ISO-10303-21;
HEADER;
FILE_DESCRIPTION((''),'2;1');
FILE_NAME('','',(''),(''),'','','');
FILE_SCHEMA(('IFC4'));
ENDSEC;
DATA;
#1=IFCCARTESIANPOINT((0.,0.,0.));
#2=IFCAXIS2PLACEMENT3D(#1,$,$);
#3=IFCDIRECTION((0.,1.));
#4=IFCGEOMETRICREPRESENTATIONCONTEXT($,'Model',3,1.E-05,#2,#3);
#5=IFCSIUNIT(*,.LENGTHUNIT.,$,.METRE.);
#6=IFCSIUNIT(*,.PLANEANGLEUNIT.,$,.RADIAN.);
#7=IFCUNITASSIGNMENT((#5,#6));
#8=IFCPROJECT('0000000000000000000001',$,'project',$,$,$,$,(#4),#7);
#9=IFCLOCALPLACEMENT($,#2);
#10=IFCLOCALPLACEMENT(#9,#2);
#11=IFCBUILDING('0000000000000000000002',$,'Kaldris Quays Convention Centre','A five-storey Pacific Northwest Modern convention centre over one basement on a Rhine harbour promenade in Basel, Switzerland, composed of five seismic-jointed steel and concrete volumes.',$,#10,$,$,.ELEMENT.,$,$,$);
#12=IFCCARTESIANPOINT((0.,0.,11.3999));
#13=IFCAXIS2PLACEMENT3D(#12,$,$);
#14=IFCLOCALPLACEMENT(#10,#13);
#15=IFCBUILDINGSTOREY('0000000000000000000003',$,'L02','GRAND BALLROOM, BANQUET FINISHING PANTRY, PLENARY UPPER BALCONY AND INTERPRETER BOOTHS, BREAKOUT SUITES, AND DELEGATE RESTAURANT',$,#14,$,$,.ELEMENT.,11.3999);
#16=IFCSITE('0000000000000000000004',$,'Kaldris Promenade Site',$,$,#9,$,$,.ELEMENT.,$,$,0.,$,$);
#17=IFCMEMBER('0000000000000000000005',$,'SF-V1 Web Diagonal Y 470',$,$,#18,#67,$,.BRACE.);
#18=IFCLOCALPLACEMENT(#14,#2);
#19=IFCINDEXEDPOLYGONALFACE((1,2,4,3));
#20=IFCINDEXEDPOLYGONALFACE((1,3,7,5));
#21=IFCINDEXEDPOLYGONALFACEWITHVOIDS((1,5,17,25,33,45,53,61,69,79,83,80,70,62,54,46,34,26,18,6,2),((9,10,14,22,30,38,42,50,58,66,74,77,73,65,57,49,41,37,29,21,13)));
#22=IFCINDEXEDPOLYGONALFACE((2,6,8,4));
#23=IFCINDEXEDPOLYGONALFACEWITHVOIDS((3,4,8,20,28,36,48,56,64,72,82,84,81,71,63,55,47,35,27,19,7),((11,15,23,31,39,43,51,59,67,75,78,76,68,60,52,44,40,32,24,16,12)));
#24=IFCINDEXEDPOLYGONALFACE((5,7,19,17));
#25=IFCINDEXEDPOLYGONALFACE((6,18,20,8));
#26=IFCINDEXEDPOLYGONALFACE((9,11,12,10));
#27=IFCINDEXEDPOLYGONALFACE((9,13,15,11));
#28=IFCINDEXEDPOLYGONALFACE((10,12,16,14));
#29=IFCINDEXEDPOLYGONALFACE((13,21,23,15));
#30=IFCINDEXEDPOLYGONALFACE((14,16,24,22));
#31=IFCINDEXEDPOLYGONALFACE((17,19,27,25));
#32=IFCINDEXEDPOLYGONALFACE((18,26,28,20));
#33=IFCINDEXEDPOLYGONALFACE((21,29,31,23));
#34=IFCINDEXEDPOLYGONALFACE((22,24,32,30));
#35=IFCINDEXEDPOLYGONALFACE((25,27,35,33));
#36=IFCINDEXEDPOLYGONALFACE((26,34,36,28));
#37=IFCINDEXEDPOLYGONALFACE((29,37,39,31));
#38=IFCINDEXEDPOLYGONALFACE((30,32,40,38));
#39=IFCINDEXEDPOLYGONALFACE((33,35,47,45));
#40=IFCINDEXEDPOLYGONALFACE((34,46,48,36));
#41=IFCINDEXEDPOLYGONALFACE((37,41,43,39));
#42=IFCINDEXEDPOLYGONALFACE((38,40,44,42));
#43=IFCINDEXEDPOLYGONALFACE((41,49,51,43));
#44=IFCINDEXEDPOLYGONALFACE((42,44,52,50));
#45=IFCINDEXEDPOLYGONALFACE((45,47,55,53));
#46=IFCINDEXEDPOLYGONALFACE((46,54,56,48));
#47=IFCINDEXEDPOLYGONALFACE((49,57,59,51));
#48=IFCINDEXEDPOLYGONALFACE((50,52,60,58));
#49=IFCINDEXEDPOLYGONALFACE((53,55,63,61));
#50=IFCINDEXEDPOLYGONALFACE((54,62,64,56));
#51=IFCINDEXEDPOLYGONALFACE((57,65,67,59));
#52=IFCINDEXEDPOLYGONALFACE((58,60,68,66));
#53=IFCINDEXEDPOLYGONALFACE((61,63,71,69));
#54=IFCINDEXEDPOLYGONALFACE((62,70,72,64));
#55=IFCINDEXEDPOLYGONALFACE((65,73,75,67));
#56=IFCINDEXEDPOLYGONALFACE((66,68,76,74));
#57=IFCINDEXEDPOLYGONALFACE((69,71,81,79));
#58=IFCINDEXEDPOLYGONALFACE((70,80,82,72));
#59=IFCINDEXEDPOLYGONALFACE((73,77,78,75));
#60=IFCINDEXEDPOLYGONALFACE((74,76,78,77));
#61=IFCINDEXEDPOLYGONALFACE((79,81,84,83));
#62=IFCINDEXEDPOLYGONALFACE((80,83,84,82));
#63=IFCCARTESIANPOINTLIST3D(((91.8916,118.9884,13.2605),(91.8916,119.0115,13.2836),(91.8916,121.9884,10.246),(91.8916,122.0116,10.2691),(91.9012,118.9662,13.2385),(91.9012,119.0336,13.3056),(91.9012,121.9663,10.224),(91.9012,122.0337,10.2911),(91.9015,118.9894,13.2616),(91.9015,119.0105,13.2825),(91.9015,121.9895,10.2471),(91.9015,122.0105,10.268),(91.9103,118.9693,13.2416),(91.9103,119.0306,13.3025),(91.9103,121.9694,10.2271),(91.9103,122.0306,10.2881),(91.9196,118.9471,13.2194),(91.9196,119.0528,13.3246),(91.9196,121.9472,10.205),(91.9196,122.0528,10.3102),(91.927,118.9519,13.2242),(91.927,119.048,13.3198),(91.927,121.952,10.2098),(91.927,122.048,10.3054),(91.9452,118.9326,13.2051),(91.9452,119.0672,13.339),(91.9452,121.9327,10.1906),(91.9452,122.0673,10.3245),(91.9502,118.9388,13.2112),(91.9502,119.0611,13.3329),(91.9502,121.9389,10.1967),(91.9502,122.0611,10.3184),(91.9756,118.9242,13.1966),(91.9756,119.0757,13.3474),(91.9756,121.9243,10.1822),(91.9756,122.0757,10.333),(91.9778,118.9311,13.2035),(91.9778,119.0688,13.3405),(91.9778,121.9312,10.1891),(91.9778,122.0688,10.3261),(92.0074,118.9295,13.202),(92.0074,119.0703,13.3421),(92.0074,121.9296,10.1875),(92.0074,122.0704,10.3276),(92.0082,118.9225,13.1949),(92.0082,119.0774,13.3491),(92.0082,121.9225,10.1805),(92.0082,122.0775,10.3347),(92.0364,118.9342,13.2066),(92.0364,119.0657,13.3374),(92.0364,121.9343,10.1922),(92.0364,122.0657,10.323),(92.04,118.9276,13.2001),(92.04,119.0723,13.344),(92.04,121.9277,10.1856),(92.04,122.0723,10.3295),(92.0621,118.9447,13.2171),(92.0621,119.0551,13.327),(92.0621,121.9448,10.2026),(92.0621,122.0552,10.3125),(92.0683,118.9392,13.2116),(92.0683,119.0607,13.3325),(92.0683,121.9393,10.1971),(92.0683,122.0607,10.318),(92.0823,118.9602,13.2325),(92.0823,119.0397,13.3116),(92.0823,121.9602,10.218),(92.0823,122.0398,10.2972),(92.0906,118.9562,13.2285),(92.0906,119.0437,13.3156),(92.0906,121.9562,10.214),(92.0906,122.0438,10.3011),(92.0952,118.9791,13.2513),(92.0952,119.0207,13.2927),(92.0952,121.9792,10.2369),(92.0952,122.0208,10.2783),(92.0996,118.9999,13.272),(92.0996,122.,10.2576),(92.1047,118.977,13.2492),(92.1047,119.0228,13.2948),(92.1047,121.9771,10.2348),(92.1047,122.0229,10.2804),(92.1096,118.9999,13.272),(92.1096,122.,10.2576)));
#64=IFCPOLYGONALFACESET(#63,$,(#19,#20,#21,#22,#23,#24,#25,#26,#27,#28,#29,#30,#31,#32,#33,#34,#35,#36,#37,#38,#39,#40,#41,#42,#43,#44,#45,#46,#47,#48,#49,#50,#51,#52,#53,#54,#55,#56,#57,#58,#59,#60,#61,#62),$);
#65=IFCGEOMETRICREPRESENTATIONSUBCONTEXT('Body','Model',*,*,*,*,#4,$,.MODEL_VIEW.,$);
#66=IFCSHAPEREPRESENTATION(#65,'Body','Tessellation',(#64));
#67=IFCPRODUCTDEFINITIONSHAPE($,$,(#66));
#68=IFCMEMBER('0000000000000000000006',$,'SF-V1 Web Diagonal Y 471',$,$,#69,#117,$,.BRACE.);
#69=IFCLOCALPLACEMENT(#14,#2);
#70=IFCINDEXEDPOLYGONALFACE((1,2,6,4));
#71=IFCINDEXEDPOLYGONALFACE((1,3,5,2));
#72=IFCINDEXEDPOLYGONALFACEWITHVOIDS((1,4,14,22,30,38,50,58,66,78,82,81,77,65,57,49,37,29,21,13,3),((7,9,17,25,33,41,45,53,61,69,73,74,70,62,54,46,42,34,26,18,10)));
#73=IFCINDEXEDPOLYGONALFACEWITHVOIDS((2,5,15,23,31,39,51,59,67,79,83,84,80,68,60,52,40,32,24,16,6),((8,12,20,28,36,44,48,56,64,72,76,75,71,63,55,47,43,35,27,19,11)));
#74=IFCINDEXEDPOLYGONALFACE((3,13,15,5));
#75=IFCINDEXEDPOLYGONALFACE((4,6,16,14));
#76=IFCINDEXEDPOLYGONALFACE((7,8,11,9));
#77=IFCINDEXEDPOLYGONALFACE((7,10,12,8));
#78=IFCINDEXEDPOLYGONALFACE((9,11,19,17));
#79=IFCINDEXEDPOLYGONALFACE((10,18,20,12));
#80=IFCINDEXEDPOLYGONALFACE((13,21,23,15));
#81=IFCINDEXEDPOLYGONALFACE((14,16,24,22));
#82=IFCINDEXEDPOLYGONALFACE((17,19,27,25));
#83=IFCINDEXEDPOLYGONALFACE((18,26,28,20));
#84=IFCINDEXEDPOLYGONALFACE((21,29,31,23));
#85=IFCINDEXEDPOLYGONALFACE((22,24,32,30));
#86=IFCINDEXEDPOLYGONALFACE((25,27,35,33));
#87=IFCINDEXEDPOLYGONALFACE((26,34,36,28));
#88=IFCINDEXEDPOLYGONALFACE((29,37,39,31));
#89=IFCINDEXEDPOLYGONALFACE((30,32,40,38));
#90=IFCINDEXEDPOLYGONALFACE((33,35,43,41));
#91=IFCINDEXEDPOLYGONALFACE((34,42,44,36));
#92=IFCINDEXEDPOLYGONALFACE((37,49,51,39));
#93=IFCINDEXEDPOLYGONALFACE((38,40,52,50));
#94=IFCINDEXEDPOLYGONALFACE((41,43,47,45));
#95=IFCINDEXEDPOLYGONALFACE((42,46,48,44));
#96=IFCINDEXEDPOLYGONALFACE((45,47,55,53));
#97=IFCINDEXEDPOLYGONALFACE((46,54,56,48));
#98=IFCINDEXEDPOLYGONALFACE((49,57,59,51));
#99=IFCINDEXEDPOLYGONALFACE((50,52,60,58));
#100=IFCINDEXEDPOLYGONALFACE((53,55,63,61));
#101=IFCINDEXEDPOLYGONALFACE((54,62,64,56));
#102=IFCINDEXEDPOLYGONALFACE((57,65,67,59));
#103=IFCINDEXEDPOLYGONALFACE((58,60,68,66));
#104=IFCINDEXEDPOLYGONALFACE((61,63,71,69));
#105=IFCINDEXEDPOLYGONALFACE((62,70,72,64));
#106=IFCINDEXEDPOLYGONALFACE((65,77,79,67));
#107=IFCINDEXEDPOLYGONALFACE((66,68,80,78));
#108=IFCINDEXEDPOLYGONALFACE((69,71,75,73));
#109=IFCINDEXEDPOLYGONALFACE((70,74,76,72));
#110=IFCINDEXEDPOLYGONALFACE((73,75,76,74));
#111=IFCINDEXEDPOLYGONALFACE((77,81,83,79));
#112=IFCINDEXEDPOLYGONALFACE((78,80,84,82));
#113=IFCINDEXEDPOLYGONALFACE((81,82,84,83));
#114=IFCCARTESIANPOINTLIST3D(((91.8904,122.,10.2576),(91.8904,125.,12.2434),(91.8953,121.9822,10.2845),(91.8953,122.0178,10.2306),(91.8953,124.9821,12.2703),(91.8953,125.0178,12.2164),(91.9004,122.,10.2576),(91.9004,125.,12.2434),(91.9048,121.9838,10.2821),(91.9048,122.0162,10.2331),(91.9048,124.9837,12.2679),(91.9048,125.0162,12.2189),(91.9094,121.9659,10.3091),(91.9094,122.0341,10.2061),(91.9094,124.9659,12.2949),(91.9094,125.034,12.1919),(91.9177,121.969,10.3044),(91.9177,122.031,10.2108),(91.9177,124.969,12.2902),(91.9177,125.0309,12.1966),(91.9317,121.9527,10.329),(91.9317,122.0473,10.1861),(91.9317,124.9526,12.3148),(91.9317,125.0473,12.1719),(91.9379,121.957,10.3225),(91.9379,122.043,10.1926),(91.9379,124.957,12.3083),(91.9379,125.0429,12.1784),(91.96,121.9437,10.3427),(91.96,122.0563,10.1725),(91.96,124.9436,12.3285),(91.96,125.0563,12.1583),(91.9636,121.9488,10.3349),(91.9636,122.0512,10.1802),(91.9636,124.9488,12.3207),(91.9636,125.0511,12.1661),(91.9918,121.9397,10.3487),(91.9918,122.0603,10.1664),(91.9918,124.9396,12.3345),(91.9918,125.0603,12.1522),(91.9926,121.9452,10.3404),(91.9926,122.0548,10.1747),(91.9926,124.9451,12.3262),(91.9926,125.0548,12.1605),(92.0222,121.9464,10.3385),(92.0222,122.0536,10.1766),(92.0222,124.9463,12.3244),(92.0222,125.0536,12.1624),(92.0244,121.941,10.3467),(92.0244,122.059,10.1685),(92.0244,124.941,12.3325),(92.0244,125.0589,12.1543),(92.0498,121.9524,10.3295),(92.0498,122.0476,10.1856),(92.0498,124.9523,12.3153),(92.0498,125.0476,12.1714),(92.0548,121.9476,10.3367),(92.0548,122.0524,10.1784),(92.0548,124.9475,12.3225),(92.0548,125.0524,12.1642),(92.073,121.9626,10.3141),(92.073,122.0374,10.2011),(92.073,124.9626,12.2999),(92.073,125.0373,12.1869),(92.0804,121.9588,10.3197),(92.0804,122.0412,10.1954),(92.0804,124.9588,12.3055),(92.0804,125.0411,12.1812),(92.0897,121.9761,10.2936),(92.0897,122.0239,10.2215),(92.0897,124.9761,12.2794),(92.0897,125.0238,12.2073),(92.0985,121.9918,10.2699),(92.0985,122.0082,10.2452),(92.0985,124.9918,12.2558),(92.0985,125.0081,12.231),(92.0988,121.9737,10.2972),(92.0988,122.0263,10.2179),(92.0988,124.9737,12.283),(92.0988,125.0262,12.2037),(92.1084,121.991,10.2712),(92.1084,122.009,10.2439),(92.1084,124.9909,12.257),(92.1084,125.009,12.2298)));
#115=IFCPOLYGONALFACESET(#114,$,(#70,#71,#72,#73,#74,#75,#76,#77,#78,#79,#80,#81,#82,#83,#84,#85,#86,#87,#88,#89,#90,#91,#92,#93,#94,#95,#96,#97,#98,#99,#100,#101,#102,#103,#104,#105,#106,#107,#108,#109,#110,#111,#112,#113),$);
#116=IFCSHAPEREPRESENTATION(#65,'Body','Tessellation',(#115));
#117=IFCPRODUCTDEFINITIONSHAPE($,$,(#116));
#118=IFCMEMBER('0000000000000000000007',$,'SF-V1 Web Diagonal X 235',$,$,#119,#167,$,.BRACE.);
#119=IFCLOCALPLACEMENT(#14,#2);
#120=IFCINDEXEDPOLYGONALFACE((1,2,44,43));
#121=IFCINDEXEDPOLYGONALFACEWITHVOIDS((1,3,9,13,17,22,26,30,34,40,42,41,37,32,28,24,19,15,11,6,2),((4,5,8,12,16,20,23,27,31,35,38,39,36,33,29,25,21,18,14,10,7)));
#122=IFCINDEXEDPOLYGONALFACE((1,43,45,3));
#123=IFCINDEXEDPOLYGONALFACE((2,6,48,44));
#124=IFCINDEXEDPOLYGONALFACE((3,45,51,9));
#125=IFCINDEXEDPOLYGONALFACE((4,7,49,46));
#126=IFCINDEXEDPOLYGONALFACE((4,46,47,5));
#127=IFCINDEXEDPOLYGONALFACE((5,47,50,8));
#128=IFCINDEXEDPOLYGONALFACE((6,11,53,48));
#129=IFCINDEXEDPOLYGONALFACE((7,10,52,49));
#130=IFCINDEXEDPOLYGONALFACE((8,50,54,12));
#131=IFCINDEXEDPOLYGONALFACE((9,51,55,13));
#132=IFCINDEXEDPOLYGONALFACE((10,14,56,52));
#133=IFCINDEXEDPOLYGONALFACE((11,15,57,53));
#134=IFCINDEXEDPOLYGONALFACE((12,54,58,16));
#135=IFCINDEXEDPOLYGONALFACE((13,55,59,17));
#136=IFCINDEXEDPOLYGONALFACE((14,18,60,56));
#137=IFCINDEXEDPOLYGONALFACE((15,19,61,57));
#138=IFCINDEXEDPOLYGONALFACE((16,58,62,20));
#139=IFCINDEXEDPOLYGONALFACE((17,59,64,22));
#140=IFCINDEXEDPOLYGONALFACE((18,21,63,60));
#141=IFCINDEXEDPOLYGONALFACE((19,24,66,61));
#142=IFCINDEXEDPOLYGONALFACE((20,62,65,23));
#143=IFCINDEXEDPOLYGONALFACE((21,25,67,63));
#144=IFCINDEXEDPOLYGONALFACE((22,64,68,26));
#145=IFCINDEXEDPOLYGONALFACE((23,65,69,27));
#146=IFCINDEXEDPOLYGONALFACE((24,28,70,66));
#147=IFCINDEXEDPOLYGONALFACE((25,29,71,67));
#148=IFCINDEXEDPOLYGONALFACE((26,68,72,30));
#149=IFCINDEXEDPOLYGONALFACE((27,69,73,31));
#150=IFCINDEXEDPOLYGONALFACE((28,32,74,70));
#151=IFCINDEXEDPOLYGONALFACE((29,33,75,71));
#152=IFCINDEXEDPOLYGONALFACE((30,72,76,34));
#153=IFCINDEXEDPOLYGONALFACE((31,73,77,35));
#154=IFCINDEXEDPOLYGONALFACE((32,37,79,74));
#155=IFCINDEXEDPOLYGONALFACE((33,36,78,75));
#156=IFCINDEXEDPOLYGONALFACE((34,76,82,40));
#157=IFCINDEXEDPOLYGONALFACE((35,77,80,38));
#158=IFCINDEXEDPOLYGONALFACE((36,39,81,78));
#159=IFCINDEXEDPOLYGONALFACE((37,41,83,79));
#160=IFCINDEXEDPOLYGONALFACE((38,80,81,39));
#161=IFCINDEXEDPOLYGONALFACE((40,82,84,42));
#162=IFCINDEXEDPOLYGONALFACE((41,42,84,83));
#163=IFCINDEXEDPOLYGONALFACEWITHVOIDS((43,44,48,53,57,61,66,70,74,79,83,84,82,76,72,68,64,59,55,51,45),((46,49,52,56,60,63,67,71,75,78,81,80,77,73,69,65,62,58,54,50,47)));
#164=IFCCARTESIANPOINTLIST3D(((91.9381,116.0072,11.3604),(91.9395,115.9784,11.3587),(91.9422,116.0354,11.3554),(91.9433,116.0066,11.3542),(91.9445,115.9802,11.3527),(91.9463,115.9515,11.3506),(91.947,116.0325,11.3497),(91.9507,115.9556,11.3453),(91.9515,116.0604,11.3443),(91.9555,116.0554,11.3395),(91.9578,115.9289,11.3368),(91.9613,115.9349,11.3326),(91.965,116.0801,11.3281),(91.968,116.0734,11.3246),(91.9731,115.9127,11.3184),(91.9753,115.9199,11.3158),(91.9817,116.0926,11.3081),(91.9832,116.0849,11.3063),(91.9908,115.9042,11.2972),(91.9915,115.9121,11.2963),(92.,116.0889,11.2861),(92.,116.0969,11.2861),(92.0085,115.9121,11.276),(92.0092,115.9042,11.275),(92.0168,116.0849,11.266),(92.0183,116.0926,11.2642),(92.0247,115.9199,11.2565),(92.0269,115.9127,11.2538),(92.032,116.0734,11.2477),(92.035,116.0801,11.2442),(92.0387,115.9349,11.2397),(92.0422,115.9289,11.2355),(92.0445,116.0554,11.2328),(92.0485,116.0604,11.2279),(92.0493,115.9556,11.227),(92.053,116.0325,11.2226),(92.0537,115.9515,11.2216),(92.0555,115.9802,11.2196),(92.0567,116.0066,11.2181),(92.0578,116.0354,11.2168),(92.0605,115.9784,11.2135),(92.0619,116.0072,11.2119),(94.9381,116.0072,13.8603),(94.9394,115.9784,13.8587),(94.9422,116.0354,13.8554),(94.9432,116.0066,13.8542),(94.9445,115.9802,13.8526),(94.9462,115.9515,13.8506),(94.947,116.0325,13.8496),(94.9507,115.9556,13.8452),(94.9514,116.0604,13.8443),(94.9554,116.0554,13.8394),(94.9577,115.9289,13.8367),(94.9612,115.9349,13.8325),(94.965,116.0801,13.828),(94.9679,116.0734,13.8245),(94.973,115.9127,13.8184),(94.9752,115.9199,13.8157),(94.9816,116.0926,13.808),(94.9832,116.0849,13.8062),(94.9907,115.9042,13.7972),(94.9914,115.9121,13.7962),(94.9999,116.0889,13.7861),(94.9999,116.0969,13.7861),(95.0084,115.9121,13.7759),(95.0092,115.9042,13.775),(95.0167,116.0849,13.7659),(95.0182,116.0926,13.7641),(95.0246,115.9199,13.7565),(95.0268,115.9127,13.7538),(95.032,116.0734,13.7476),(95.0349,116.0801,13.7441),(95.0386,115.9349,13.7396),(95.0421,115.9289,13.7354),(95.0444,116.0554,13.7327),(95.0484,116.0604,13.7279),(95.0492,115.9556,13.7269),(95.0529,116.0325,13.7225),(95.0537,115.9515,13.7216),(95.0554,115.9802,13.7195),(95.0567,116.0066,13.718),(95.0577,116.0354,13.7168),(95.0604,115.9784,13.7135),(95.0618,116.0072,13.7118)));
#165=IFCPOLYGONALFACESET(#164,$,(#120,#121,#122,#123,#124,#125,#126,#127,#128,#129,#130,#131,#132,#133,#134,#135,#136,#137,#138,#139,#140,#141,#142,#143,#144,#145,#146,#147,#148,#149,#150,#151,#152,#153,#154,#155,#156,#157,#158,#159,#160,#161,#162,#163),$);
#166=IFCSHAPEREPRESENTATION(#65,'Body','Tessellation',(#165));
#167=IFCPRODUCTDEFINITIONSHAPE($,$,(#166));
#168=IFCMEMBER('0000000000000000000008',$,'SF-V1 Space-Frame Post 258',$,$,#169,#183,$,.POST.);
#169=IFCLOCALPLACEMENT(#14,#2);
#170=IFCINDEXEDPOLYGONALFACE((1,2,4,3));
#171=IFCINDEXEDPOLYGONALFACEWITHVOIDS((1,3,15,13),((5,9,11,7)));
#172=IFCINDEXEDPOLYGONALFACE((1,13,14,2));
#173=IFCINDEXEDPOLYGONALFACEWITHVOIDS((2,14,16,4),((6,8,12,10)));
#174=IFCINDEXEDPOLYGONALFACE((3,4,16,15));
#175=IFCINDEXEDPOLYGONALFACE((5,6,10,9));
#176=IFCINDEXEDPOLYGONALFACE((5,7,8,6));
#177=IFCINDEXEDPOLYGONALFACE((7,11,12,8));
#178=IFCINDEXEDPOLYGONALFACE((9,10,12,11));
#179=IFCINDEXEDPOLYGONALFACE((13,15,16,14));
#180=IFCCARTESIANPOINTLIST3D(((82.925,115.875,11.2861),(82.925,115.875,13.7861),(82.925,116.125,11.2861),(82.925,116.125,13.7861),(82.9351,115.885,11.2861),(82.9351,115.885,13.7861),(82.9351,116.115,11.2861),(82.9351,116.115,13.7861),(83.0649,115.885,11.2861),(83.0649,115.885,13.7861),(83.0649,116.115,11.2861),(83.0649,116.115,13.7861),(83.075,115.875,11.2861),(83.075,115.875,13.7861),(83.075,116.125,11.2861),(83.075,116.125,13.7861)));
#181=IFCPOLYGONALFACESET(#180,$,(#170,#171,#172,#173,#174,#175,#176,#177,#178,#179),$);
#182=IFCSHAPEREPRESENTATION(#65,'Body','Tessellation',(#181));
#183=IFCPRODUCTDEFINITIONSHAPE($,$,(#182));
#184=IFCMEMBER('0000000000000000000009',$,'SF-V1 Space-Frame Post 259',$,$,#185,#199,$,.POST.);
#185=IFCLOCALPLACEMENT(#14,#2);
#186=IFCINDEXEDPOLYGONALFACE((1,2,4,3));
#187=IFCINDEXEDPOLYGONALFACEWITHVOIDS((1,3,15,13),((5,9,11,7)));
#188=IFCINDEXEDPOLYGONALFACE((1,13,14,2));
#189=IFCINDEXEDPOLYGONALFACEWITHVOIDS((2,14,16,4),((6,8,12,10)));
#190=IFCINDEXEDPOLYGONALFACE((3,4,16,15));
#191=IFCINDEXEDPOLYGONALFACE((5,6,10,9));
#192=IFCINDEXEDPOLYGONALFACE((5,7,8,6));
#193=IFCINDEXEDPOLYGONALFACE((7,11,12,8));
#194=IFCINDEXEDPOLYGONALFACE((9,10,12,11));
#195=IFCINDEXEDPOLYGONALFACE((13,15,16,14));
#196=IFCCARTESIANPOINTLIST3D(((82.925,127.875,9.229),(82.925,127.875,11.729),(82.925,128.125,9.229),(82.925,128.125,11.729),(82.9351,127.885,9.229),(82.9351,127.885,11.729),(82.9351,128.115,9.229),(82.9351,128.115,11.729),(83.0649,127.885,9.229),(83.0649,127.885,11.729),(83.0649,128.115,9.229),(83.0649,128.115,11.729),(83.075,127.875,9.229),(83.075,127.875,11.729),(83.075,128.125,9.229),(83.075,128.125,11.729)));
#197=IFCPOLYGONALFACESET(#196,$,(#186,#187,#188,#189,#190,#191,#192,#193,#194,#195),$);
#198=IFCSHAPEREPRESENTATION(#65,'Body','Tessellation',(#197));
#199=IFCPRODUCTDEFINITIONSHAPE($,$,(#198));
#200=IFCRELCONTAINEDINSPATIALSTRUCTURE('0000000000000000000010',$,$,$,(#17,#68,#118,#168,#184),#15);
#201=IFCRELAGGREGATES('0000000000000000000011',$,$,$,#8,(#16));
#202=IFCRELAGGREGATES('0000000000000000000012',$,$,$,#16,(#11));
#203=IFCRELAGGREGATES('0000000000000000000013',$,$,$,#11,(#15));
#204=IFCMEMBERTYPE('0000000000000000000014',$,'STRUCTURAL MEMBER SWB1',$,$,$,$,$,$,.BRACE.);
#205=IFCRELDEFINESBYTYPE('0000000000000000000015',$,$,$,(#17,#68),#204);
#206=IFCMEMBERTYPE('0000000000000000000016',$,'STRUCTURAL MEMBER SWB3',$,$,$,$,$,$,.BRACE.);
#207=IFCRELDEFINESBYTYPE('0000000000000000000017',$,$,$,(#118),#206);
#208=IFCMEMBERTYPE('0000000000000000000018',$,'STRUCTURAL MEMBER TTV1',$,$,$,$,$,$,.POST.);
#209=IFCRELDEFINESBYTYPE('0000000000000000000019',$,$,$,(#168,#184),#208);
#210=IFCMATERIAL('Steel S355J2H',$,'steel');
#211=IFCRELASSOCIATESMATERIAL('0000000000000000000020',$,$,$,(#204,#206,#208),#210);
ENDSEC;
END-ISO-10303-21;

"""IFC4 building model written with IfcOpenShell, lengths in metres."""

from ifc_helpers import new_model, si_unit, direction, frame, origin, origin_2d, place, context, subcontext, project, spatial, hollow_rectangle, hollow_circle, extrude, material, material_profile, profile_set, type_object, element, save


model = new_model("IFC4")

# Units and contexts
model_context = context("Model", 3, precision=1e-05, world=origin(), true_north=direction((0.0, 1.0)))
body_context = subcontext(model_context, "Body", "Model", "MODEL_VIEW")
ifc_project = project(units=[si_unit("LENGTHUNIT", "METRE"), si_unit("PLANEANGLEUNIT", "RADIAN")], contexts=[model_context])

# Site, building, storey
site_placement = place(None, origin())
site = spatial("IfcSite", under=ifc_project, at=site_placement, Name="Kaldris Promenade Site", CompositionType="ELEMENT", RefElevation=0.0)
building_placement = place(site_placement, origin())
building = spatial("IfcBuilding", under=site, at=building_placement, Name="Kaldris Quays Convention Centre", Description="A five-storey Pacific Northwest Modern convention centre over one basement on a Rhine harbour promenade in Basel, Switzerland, composed of five seismic-jointed steel and concrete volumes.", CompositionType="ELEMENT")
storey_placement = place(building_placement, frame((0.0, 0.0, 11.3999)))
storey = spatial("IfcBuildingStorey", under=building, at=storey_placement, Name="L02", Description="GRAND BALLROOM, BANQUET FINISHING PANTRY, PLENARY UPPER BALCONY AND INTERPRETER BOOTHS, BREAKOUT SUITES, AND DELEGATE RESTAURANT", CompositionType="ELEMENT", Elevation=11.3999)

# Members
ifc_material_1 = material(Name="Steel S355J2H", Category="steel")
ifc_material_profile_1 = material_profile(ifc_material_1, hollow_circle(Radius=0.1096, WallThickness=0.01, at=origin_2d()), Name="CHS 219.1x10")
ifc_profile_set_1 = profile_set([ifc_material_profile_1], Name="Steel S355J2H")
member_type_1 = type_object("IfcMemberType", Name="STRUCTURAL MEMBER SWB1", PredefinedType="BRACE", material=ifc_profile_set_1)
member_1_placement = place(storey_placement, frame((92.0, 122.0, 10.2576), z_axis=(0.0, -0.705411, 0.708798), x_axis=(1.0, 0.0, 0.0)))
element("IfcMember", 1, at=member_1_placement, inside=storey, type_object=member_type_1, Name="SF-V1 Web Diagonal Y 470", PredefinedType="BRACE", context=body_context, shape_type="SweptSolid", body=[
    extrude(hollow_circle(Radius=0.1096, WallThickness=0.01, at=origin_2d()), origin(), (0.0, 0.0, 1.0), 4.2529),
])
member_2_placement = place(storey_placement, frame((92.0, 122.0, 10.2576), z_axis=(0.0, 0.833862, 0.551972), x_axis=(-1.0, 0.0, 0.0)))
element("IfcMember", 2, at=member_2_placement, inside=storey, type_object=member_type_1, Name="SF-V1 Web Diagonal Y 471", PredefinedType="BRACE", context=body_context, shape_type="SweptSolid", body=[
    extrude(hollow_circle(Radius=0.1096, WallThickness=0.01, at=origin_2d()), origin(), (0.0, 0.0, 1.0), 3.5977),
])
ifc_material_profile_2 = material_profile(ifc_material_1, hollow_circle(Radius=0.0969, WallThickness=0.0081, at=origin_2d()), Name="CHS 193.7x8")
ifc_profile_set_2 = profile_set([ifc_material_profile_2], Name="Steel S355J2H")
member_type_2 = type_object("IfcMemberType", Name="STRUCTURAL MEMBER SWB3", PredefinedType="BRACE", material=ifc_profile_set_2)
member_3_placement = place(storey_placement, frame((92.0, 116.0, 11.2861), z_axis=(0.768221, 0.0, 0.640184), x_axis=(0.0, 1.0, 0.0)))
element("IfcMember", 3, at=member_3_placement, inside=storey, type_object=member_type_2, Name="SF-V1 Web Diagonal X 235", PredefinedType="BRACE", context=body_context, shape_type="SweptSolid", body=[
    extrude(hollow_circle(Radius=0.0969, WallThickness=0.0081, at=origin_2d()), origin(), (0.0, 0.0, 1.0), 3.905),
])
ifc_material_profile_3 = material_profile(ifc_material_1, hollow_rectangle(XDim=0.1499, YDim=0.25, WallThickness=0.01, at=origin_2d()), Name="RHS 250x150x10")
ifc_profile_set_3 = profile_set([ifc_material_profile_3], Name="Steel S355J2H")
member_type_3 = type_object("IfcMemberType", Name="STRUCTURAL MEMBER TTV1", PredefinedType="POST", material=ifc_profile_set_3)
for number, where, z_axis, x_axis, name in (
    (4, (83.0, 116.0, 11.2861), (0.0, 0.0, 1.0), (1.0, 0.0, 0.0), "SF-V1 Space-Frame Post 258"),
    (5, (83.0, 128.0, 9.229), (0.0, 0.0, 1.0), (1.0, 0.0, 0.0), "SF-V1 Space-Frame Post 259"),
):
    element("IfcMember", number, at=place(storey_placement, frame(where, z_axis=z_axis, x_axis=x_axis)), inside=storey, type_object=member_type_3, Name=name, PredefinedType="POST", context=body_context, shape_type="SweptSolid", body=[
        extrude(hollow_rectangle(XDim=0.1499, YDim=0.25, WallThickness=0.01, at=origin_2d()), origin(), (0.0, 0.0, 1.0), 2.5),
    ])

save(model, "model.ifc")
